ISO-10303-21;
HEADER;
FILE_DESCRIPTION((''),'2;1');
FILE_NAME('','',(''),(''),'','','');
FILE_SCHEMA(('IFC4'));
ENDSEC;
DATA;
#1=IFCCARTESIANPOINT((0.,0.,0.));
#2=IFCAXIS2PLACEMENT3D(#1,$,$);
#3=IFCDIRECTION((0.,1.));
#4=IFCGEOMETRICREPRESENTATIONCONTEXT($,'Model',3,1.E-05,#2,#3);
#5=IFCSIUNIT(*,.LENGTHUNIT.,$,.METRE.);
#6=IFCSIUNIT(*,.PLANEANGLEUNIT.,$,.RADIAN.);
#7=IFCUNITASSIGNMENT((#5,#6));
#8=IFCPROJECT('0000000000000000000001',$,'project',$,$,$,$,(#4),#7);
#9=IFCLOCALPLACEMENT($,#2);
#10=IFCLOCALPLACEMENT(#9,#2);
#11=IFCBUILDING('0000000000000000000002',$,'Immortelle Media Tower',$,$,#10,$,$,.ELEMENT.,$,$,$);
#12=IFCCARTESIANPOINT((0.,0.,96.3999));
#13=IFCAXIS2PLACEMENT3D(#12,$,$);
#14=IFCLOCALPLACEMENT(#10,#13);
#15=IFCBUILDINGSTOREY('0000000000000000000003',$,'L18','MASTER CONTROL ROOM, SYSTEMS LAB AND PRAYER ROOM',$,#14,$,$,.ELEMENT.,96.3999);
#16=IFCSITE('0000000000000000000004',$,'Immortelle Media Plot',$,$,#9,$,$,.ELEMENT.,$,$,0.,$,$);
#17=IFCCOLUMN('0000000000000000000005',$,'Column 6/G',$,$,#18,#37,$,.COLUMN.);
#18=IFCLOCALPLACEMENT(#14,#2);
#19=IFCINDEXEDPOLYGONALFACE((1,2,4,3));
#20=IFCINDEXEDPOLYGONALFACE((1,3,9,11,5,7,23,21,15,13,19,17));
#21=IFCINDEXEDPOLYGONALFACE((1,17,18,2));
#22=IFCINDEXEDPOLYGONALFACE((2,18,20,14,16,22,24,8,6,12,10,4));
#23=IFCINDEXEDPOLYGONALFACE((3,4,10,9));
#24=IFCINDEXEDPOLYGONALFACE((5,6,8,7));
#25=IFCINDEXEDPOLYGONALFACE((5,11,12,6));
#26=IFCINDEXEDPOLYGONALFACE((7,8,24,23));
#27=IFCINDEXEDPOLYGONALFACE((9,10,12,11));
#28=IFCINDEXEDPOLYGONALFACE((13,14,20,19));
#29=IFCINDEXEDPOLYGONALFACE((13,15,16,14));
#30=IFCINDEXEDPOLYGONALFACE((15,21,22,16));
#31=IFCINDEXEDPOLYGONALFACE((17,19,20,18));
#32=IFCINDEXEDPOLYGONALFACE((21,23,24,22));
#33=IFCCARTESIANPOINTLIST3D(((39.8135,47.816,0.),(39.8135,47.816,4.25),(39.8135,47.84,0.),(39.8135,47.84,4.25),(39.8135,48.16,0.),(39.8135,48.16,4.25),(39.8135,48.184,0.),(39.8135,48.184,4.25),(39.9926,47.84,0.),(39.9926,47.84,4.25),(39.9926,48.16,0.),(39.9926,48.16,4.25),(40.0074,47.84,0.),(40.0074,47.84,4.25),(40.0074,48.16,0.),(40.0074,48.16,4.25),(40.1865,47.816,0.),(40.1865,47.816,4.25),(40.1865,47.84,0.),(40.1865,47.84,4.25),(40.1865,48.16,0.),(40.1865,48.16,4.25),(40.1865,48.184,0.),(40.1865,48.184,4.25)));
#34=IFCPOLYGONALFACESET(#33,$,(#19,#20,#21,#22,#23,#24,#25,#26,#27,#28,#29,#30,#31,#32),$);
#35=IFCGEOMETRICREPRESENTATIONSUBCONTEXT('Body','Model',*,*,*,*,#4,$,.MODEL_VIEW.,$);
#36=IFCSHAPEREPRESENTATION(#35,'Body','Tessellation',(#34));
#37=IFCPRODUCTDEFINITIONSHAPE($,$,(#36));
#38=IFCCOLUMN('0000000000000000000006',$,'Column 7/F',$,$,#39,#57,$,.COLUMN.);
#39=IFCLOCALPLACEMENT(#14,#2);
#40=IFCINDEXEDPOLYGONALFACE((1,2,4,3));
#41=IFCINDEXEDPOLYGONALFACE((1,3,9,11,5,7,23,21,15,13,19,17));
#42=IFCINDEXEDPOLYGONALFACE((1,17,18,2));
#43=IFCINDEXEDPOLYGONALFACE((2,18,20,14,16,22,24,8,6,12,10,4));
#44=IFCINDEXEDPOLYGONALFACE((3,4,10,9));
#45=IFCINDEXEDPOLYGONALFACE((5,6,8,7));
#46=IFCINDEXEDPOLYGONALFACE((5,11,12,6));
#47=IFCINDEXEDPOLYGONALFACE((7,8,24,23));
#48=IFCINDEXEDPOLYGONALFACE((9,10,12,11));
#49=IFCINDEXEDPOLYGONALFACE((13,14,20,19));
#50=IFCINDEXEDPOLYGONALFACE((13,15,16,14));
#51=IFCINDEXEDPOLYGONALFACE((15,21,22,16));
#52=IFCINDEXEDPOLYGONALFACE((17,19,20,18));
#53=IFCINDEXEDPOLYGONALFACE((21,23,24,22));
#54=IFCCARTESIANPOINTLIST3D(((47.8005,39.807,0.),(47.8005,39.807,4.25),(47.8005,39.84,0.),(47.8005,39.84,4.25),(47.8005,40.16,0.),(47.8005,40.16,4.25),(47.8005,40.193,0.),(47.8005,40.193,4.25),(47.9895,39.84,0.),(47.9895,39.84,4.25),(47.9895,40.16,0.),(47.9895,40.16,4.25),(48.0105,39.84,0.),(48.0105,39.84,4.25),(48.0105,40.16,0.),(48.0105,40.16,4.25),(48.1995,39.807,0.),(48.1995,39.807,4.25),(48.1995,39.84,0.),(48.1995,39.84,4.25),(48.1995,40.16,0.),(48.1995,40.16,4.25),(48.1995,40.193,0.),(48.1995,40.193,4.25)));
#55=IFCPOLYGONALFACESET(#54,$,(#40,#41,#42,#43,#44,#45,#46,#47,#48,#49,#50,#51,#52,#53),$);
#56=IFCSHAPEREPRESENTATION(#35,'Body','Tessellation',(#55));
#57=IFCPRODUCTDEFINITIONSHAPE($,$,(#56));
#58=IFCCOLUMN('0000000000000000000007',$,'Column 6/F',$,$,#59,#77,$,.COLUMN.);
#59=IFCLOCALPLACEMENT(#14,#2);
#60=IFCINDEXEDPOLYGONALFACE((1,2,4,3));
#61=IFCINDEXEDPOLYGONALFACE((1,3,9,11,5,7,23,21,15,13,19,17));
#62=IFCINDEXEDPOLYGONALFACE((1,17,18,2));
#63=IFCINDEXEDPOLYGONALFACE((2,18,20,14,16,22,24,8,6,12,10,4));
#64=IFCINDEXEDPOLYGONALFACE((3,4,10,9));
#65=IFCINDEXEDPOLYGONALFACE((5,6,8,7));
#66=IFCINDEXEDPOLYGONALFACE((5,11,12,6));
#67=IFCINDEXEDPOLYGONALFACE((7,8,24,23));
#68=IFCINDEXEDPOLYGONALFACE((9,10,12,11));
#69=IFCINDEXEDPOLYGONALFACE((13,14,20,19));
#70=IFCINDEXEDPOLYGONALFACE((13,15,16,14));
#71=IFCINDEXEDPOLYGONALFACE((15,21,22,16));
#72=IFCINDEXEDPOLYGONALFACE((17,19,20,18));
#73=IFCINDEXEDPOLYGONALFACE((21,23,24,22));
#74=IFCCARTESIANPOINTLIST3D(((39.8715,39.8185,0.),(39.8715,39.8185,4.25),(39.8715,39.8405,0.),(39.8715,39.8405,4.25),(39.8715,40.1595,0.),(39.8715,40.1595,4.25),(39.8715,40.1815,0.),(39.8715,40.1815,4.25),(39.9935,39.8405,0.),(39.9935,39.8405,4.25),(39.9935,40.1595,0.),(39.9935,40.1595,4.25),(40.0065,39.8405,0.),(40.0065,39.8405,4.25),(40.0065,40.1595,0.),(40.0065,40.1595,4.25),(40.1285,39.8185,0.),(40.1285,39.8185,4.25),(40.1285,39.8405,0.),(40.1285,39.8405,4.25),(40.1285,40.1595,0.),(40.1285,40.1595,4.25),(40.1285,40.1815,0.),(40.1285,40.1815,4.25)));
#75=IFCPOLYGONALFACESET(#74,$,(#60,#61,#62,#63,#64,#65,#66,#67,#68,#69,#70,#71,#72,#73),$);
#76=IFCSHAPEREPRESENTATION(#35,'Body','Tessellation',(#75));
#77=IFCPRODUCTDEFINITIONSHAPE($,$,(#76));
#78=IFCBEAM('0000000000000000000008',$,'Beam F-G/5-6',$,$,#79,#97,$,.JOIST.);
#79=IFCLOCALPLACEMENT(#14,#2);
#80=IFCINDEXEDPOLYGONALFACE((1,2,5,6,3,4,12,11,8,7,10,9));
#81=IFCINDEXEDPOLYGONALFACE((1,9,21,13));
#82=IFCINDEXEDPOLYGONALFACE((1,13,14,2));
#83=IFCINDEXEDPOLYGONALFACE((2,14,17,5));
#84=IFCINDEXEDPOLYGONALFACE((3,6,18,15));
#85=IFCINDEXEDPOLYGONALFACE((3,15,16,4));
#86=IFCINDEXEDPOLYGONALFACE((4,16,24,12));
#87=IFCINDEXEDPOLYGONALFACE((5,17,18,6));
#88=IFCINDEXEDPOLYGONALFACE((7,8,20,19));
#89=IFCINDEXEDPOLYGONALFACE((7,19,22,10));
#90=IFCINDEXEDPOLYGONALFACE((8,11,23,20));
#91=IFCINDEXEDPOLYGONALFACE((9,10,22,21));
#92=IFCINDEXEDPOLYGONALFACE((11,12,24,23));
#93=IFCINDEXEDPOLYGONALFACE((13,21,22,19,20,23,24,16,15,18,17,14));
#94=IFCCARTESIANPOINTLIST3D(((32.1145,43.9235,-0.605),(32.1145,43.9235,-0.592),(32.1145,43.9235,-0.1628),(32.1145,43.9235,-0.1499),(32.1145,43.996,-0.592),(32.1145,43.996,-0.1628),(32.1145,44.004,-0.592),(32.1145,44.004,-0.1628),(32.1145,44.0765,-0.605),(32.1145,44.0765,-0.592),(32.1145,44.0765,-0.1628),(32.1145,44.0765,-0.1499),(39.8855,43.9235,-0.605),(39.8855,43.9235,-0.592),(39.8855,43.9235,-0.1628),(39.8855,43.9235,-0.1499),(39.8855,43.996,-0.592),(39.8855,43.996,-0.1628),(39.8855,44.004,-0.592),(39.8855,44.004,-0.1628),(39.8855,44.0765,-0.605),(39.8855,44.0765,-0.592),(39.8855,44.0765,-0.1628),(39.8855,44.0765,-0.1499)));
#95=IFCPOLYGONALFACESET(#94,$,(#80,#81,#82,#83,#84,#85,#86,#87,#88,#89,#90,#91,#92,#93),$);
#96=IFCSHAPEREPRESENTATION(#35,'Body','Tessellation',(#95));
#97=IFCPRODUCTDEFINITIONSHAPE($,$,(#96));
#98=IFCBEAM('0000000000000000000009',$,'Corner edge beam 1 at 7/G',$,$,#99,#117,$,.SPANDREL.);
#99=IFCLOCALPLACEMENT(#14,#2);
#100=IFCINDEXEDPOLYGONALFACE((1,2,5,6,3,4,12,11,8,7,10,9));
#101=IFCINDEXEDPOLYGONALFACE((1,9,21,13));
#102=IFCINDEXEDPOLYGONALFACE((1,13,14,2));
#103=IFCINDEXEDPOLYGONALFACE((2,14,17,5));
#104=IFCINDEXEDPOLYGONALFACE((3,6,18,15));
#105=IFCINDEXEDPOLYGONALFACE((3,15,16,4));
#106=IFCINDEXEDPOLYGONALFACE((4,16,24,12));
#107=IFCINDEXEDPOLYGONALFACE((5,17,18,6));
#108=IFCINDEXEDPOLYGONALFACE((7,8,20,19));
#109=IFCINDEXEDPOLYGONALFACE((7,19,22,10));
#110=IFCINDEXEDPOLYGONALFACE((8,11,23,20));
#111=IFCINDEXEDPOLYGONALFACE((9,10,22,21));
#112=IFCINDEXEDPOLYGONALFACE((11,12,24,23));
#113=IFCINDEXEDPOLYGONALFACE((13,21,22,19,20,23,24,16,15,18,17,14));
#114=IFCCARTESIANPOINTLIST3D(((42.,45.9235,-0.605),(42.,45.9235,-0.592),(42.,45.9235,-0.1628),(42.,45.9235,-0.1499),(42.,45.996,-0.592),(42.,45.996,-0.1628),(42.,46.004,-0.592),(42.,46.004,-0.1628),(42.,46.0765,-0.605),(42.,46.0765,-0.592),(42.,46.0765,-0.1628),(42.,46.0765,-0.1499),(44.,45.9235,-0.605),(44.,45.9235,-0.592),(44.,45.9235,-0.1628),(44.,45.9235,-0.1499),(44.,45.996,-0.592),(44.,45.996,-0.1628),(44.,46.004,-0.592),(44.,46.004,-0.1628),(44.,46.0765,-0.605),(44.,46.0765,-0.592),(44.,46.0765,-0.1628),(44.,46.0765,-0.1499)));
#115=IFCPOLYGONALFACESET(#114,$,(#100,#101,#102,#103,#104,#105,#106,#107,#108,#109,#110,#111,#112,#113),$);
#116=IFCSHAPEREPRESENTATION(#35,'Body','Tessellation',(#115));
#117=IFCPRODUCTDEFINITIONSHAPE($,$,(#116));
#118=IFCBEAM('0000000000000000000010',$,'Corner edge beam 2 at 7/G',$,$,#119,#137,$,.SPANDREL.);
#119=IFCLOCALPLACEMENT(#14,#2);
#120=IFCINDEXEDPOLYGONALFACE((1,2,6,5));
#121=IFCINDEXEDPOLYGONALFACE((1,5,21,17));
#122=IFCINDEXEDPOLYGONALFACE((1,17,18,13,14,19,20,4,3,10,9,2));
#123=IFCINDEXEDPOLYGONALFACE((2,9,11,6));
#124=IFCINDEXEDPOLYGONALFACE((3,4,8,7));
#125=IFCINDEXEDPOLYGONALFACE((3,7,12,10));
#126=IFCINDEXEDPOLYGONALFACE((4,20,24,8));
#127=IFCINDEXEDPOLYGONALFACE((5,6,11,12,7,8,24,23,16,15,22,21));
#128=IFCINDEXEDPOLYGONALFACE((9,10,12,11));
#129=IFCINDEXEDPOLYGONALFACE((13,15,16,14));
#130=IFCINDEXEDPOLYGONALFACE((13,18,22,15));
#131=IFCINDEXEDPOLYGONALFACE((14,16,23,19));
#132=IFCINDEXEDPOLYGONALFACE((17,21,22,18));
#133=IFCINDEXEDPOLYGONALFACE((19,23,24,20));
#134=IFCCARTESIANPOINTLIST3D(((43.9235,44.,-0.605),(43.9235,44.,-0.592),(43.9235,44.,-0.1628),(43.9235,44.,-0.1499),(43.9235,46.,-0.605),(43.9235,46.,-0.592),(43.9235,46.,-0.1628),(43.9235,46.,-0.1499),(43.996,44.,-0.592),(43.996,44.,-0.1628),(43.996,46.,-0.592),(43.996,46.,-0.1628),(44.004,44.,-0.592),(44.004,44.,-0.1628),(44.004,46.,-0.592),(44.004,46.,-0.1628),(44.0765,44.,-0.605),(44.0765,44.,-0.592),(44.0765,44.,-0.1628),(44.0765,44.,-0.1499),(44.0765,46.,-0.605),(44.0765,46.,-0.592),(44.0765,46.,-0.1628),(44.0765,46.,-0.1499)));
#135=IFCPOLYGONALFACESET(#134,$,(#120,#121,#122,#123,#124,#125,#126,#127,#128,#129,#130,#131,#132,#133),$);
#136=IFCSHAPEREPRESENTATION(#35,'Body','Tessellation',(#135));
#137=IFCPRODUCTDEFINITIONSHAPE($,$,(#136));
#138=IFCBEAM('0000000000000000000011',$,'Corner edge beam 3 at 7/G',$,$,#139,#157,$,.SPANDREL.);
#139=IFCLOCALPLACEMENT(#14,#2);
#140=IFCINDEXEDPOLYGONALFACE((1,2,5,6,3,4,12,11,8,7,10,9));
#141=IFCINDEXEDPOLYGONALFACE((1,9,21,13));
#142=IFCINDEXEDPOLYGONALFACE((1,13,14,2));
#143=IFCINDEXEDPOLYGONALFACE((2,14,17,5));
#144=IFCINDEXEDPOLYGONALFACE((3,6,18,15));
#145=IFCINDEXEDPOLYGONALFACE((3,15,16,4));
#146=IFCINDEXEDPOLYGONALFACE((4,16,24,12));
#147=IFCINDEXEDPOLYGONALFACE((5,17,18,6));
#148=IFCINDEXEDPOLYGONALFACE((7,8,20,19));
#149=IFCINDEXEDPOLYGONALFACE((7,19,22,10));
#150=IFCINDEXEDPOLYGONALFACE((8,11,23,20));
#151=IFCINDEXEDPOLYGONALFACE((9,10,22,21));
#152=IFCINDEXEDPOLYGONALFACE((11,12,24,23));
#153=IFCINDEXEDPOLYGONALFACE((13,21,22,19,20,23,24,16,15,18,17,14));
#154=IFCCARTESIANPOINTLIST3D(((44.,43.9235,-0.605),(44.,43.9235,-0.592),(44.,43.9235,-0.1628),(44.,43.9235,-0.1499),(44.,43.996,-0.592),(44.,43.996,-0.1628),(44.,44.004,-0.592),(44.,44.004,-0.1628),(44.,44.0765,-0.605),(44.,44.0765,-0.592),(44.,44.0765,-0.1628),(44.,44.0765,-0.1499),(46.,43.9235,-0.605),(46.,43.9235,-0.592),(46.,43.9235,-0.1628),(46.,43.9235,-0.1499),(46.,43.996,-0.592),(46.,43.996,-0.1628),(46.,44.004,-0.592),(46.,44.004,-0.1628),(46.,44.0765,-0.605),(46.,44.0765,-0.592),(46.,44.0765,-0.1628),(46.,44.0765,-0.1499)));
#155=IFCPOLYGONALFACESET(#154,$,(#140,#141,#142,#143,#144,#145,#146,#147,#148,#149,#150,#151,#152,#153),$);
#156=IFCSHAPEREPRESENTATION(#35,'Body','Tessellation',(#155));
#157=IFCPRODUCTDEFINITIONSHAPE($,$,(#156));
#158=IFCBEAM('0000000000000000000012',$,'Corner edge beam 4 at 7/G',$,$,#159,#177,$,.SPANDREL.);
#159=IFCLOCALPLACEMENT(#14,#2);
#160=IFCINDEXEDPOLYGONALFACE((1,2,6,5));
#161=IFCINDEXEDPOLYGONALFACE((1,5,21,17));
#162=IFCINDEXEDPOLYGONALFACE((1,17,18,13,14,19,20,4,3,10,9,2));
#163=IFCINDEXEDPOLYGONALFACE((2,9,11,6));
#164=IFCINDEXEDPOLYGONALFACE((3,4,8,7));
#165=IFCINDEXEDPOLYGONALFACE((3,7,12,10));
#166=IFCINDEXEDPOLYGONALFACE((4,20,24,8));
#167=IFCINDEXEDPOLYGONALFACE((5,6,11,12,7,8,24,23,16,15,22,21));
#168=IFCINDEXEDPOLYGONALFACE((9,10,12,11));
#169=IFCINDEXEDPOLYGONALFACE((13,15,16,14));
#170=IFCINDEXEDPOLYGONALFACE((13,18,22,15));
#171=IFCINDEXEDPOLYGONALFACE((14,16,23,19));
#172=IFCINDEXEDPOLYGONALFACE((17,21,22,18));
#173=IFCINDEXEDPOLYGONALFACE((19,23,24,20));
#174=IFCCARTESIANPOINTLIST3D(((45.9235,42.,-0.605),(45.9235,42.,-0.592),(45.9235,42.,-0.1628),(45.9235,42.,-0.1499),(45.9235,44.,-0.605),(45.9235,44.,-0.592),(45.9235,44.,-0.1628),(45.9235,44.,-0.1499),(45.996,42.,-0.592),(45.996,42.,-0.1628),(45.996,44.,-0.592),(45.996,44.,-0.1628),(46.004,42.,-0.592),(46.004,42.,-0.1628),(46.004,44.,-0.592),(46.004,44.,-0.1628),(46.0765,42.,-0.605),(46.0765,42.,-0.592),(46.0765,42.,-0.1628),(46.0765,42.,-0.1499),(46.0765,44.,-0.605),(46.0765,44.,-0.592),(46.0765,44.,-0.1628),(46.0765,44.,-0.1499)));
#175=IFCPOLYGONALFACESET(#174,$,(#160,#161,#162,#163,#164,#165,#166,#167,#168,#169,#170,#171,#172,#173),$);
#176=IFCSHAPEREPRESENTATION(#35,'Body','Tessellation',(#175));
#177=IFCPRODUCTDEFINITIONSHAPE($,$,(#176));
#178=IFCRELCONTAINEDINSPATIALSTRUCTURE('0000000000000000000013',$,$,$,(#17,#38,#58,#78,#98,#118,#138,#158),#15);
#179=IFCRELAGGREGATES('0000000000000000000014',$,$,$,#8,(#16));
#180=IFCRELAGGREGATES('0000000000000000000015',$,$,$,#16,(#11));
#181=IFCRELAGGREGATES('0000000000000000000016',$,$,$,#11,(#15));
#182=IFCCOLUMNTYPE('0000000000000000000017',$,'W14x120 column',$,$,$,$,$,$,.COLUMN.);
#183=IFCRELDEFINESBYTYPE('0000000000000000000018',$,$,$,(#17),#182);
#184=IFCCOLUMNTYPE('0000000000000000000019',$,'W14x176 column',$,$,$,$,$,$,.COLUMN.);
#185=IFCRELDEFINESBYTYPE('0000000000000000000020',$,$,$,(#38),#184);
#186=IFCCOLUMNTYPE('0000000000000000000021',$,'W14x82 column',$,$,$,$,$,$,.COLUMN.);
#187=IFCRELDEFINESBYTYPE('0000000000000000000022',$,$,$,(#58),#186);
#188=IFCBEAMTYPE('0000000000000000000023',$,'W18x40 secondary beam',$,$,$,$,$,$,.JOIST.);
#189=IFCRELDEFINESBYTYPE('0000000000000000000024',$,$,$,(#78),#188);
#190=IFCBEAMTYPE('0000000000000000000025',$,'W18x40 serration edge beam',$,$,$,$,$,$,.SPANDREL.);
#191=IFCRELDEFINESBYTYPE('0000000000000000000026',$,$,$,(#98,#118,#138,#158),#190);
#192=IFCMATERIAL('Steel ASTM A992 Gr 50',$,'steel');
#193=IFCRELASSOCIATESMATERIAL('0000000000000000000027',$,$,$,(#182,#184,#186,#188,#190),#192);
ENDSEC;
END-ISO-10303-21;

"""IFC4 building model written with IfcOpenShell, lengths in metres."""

from ifc_helpers import new_model, si_unit, direction, frame, origin, origin_2d, place, context, subcontext, project, spatial, i_section, extrude, material, material_profile, profile_set, type_object, element, save


model = new_model("IFC4")

# Units and contexts
model_context = context("Model", 3, precision=1e-05, world=origin(), true_north=direction((0.0, 1.0)))
body_context = subcontext(model_context, "Body", "Model", "MODEL_VIEW")
ifc_project = project(units=[si_unit("LENGTHUNIT", "METRE"), si_unit("PLANEANGLEUNIT", "RADIAN")], contexts=[model_context])

# Site, building, storey
site_placement = place(None, origin())
site = spatial("IfcSite", under=ifc_project, at=site_placement, Name="Immortelle Media Plot", CompositionType="ELEMENT", RefElevation=0.0)
building_placement = place(site_placement, origin())
building = spatial("IfcBuilding", under=site, at=building_placement, Name="Immortelle Media Tower", CompositionType="ELEMENT")
storey_placement = place(building_placement, frame((0.0, 0.0, 96.3999)))
storey = spatial("IfcBuildingStorey", under=building, at=storey_placement, Name="L18", Description="MASTER CONTROL ROOM, SYSTEMS LAB AND PRAYER ROOM", CompositionType="ELEMENT", Elevation=96.3999)

# Columns
ifc_material_1 = material(Name="Steel ASTM A992 Gr 50", Category="steel")
ifc_material_profile_1 = material_profile(ifc_material_1, i_section(OverallWidth=0.373, OverallDepth=0.3679, WebThickness=0.0149, FlangeThickness=0.0239, at=origin_2d()), Name="W14x120")
ifc_profile_set_1 = profile_set([ifc_material_profile_1], Name="Steel ASTM A992 Gr 50")
column_type_1 = type_object("IfcColumnType", Name="W14x120 column", PredefinedType="COLUMN", material=ifc_profile_set_1)
column_1_placement = place(storey_placement, frame((40.0, 48.0, 0.0), z_axis=(0.0, 0.0, 1.0), x_axis=(1.0, 0.0, 0.0)))
element("IfcColumn", 1, at=column_1_placement, inside=storey, type_object=column_type_1, Name="Column 6/G", PredefinedType="COLUMN", context=body_context, shape_type="SweptSolid", body=[
    extrude(i_section(OverallWidth=0.373, OverallDepth=0.3679, WebThickness=0.0149, FlangeThickness=0.0239, at=origin_2d()), origin(), (0.0, 0.0, 1.0), 4.25),
])
ifc_material_profile_2 = material_profile(ifc_material_1, i_section(OverallWidth=0.3989, OverallDepth=0.386, WebThickness=0.021, FlangeThickness=0.033, at=origin_2d()), Name="W14x176")
ifc_profile_set_2 = profile_set([ifc_material_profile_2], Name="Steel ASTM A992 Gr 50")
column_type_2 = type_object("IfcColumnType", Name="W14x176 column", PredefinedType="COLUMN", material=ifc_profile_set_2)
column_2_placement = place(storey_placement, frame((48.0, 40.0, 0.0), z_axis=(0.0, 0.0, 1.0), x_axis=(1.0, 0.0, 0.0)))
element("IfcColumn", 2, at=column_2_placement, inside=storey, type_object=column_type_2, Name="Column 7/F", PredefinedType="COLUMN", context=body_context, shape_type="SweptSolid", body=[
    extrude(i_section(OverallWidth=0.3989, OverallDepth=0.386, WebThickness=0.021, FlangeThickness=0.033, at=origin_2d()), origin(), (0.0, 0.0, 1.0), 4.25),
])
ifc_material_profile_3 = material_profile(ifc_material_1, i_section(OverallWidth=0.2571, OverallDepth=0.363, WebThickness=0.0129, FlangeThickness=0.022, at=origin_2d()), Name="W14x82")
ifc_profile_set_3 = profile_set([ifc_material_profile_3], Name="Steel ASTM A992 Gr 50")
column_type_3 = type_object("IfcColumnType", Name="W14x82 column", PredefinedType="COLUMN", material=ifc_profile_set_3)
column_3_placement = place(storey_placement, frame((40.0, 40.0, 0.0), z_axis=(0.0, 0.0, 1.0), x_axis=(1.0, 0.0, 0.0)))
element("IfcColumn", 3, at=column_3_placement, inside=storey, type_object=column_type_3, Name="Column 6/F", PredefinedType="COLUMN", context=body_context, shape_type="SweptSolid", body=[
    extrude(i_section(OverallWidth=0.2571, OverallDepth=0.363, WebThickness=0.0129, FlangeThickness=0.022, at=origin_2d()), origin(), (0.0, 0.0, 1.0), 4.25),
])

# Beams
ifc_material_profile_4 = material_profile(ifc_material_1, i_section(OverallWidth=0.1531, OverallDepth=0.4551, WebThickness=0.0081, FlangeThickness=0.0129, at=origin_2d()), Name="W18x40")
ifc_profile_set_4 = profile_set([ifc_material_profile_4], Name="Steel ASTM A992 Gr 50")
beam_type_1 = type_object("IfcBeamType", Name="W18x40 secondary beam", PredefinedType="JOIST", material=ifc_profile_set_4)
beam_1_placement = place(storey_placement, frame((32.1145, 44.0, -0.3774), z_axis=(1.0, 0.0, 0.0), x_axis=(0.0, 1.0, 0.0)))
element("IfcBeam", 4, at=beam_1_placement, inside=storey, type_object=beam_type_1, Name="Beam F-G/5-6", PredefinedType="JOIST", context=body_context, shape_type="SweptSolid", body=[
    extrude(i_section(OverallWidth=0.1531, OverallDepth=0.4551, WebThickness=0.0081, FlangeThickness=0.0129, at=origin_2d()), origin(), (0.0, 0.0, 1.0), 7.771),
])
ifc_material_profile_5 = material_profile(ifc_material_1, i_section(OverallWidth=0.1531, OverallDepth=0.4551, WebThickness=0.0081, FlangeThickness=0.0129, at=origin_2d()), Name="W18x40")
ifc_profile_set_5 = profile_set([ifc_material_profile_5], Name="Steel ASTM A992 Gr 50")
beam_type_2 = type_object("IfcBeamType", Name="W18x40 serration edge beam", PredefinedType="SPANDREL", material=ifc_profile_set_5)
for number, where, z_axis, x_axis, name in (
    (5, (42.0, 46.0, -0.3774), (1.0, 0.0, 0.0), (0.0, 1.0, 0.0), "Corner edge beam 1 at 7/G"),
    (6, (44.0, 46.0, -0.3774), (0.0, -1.0, 0.0), (1.0, 0.0, 0.0), "Corner edge beam 2 at 7/G"),
    (7, (44.0, 44.0, -0.3774), (1.0, 0.0, 0.0), (0.0, 1.0, 0.0), "Corner edge beam 3 at 7/G"),
    (8, (46.0, 44.0, -0.3774), (0.0, -1.0, 0.0), (1.0, 0.0, 0.0), "Corner edge beam 4 at 7/G"),
):
    element("IfcBeam", number, at=place(storey_placement, frame(where, z_axis=z_axis, x_axis=x_axis)), inside=storey, type_object=beam_type_2, Name=name, PredefinedType="SPANDREL", context=body_context, shape_type="SweptSolid", body=[
        extrude(i_section(OverallWidth=0.1531, OverallDepth=0.4551, WebThickness=0.0081, FlangeThickness=0.0129, at=origin_2d()), origin(), (0.0, 0.0, 1.0), 2.0),
    ])

save(model, "model.ifc")
